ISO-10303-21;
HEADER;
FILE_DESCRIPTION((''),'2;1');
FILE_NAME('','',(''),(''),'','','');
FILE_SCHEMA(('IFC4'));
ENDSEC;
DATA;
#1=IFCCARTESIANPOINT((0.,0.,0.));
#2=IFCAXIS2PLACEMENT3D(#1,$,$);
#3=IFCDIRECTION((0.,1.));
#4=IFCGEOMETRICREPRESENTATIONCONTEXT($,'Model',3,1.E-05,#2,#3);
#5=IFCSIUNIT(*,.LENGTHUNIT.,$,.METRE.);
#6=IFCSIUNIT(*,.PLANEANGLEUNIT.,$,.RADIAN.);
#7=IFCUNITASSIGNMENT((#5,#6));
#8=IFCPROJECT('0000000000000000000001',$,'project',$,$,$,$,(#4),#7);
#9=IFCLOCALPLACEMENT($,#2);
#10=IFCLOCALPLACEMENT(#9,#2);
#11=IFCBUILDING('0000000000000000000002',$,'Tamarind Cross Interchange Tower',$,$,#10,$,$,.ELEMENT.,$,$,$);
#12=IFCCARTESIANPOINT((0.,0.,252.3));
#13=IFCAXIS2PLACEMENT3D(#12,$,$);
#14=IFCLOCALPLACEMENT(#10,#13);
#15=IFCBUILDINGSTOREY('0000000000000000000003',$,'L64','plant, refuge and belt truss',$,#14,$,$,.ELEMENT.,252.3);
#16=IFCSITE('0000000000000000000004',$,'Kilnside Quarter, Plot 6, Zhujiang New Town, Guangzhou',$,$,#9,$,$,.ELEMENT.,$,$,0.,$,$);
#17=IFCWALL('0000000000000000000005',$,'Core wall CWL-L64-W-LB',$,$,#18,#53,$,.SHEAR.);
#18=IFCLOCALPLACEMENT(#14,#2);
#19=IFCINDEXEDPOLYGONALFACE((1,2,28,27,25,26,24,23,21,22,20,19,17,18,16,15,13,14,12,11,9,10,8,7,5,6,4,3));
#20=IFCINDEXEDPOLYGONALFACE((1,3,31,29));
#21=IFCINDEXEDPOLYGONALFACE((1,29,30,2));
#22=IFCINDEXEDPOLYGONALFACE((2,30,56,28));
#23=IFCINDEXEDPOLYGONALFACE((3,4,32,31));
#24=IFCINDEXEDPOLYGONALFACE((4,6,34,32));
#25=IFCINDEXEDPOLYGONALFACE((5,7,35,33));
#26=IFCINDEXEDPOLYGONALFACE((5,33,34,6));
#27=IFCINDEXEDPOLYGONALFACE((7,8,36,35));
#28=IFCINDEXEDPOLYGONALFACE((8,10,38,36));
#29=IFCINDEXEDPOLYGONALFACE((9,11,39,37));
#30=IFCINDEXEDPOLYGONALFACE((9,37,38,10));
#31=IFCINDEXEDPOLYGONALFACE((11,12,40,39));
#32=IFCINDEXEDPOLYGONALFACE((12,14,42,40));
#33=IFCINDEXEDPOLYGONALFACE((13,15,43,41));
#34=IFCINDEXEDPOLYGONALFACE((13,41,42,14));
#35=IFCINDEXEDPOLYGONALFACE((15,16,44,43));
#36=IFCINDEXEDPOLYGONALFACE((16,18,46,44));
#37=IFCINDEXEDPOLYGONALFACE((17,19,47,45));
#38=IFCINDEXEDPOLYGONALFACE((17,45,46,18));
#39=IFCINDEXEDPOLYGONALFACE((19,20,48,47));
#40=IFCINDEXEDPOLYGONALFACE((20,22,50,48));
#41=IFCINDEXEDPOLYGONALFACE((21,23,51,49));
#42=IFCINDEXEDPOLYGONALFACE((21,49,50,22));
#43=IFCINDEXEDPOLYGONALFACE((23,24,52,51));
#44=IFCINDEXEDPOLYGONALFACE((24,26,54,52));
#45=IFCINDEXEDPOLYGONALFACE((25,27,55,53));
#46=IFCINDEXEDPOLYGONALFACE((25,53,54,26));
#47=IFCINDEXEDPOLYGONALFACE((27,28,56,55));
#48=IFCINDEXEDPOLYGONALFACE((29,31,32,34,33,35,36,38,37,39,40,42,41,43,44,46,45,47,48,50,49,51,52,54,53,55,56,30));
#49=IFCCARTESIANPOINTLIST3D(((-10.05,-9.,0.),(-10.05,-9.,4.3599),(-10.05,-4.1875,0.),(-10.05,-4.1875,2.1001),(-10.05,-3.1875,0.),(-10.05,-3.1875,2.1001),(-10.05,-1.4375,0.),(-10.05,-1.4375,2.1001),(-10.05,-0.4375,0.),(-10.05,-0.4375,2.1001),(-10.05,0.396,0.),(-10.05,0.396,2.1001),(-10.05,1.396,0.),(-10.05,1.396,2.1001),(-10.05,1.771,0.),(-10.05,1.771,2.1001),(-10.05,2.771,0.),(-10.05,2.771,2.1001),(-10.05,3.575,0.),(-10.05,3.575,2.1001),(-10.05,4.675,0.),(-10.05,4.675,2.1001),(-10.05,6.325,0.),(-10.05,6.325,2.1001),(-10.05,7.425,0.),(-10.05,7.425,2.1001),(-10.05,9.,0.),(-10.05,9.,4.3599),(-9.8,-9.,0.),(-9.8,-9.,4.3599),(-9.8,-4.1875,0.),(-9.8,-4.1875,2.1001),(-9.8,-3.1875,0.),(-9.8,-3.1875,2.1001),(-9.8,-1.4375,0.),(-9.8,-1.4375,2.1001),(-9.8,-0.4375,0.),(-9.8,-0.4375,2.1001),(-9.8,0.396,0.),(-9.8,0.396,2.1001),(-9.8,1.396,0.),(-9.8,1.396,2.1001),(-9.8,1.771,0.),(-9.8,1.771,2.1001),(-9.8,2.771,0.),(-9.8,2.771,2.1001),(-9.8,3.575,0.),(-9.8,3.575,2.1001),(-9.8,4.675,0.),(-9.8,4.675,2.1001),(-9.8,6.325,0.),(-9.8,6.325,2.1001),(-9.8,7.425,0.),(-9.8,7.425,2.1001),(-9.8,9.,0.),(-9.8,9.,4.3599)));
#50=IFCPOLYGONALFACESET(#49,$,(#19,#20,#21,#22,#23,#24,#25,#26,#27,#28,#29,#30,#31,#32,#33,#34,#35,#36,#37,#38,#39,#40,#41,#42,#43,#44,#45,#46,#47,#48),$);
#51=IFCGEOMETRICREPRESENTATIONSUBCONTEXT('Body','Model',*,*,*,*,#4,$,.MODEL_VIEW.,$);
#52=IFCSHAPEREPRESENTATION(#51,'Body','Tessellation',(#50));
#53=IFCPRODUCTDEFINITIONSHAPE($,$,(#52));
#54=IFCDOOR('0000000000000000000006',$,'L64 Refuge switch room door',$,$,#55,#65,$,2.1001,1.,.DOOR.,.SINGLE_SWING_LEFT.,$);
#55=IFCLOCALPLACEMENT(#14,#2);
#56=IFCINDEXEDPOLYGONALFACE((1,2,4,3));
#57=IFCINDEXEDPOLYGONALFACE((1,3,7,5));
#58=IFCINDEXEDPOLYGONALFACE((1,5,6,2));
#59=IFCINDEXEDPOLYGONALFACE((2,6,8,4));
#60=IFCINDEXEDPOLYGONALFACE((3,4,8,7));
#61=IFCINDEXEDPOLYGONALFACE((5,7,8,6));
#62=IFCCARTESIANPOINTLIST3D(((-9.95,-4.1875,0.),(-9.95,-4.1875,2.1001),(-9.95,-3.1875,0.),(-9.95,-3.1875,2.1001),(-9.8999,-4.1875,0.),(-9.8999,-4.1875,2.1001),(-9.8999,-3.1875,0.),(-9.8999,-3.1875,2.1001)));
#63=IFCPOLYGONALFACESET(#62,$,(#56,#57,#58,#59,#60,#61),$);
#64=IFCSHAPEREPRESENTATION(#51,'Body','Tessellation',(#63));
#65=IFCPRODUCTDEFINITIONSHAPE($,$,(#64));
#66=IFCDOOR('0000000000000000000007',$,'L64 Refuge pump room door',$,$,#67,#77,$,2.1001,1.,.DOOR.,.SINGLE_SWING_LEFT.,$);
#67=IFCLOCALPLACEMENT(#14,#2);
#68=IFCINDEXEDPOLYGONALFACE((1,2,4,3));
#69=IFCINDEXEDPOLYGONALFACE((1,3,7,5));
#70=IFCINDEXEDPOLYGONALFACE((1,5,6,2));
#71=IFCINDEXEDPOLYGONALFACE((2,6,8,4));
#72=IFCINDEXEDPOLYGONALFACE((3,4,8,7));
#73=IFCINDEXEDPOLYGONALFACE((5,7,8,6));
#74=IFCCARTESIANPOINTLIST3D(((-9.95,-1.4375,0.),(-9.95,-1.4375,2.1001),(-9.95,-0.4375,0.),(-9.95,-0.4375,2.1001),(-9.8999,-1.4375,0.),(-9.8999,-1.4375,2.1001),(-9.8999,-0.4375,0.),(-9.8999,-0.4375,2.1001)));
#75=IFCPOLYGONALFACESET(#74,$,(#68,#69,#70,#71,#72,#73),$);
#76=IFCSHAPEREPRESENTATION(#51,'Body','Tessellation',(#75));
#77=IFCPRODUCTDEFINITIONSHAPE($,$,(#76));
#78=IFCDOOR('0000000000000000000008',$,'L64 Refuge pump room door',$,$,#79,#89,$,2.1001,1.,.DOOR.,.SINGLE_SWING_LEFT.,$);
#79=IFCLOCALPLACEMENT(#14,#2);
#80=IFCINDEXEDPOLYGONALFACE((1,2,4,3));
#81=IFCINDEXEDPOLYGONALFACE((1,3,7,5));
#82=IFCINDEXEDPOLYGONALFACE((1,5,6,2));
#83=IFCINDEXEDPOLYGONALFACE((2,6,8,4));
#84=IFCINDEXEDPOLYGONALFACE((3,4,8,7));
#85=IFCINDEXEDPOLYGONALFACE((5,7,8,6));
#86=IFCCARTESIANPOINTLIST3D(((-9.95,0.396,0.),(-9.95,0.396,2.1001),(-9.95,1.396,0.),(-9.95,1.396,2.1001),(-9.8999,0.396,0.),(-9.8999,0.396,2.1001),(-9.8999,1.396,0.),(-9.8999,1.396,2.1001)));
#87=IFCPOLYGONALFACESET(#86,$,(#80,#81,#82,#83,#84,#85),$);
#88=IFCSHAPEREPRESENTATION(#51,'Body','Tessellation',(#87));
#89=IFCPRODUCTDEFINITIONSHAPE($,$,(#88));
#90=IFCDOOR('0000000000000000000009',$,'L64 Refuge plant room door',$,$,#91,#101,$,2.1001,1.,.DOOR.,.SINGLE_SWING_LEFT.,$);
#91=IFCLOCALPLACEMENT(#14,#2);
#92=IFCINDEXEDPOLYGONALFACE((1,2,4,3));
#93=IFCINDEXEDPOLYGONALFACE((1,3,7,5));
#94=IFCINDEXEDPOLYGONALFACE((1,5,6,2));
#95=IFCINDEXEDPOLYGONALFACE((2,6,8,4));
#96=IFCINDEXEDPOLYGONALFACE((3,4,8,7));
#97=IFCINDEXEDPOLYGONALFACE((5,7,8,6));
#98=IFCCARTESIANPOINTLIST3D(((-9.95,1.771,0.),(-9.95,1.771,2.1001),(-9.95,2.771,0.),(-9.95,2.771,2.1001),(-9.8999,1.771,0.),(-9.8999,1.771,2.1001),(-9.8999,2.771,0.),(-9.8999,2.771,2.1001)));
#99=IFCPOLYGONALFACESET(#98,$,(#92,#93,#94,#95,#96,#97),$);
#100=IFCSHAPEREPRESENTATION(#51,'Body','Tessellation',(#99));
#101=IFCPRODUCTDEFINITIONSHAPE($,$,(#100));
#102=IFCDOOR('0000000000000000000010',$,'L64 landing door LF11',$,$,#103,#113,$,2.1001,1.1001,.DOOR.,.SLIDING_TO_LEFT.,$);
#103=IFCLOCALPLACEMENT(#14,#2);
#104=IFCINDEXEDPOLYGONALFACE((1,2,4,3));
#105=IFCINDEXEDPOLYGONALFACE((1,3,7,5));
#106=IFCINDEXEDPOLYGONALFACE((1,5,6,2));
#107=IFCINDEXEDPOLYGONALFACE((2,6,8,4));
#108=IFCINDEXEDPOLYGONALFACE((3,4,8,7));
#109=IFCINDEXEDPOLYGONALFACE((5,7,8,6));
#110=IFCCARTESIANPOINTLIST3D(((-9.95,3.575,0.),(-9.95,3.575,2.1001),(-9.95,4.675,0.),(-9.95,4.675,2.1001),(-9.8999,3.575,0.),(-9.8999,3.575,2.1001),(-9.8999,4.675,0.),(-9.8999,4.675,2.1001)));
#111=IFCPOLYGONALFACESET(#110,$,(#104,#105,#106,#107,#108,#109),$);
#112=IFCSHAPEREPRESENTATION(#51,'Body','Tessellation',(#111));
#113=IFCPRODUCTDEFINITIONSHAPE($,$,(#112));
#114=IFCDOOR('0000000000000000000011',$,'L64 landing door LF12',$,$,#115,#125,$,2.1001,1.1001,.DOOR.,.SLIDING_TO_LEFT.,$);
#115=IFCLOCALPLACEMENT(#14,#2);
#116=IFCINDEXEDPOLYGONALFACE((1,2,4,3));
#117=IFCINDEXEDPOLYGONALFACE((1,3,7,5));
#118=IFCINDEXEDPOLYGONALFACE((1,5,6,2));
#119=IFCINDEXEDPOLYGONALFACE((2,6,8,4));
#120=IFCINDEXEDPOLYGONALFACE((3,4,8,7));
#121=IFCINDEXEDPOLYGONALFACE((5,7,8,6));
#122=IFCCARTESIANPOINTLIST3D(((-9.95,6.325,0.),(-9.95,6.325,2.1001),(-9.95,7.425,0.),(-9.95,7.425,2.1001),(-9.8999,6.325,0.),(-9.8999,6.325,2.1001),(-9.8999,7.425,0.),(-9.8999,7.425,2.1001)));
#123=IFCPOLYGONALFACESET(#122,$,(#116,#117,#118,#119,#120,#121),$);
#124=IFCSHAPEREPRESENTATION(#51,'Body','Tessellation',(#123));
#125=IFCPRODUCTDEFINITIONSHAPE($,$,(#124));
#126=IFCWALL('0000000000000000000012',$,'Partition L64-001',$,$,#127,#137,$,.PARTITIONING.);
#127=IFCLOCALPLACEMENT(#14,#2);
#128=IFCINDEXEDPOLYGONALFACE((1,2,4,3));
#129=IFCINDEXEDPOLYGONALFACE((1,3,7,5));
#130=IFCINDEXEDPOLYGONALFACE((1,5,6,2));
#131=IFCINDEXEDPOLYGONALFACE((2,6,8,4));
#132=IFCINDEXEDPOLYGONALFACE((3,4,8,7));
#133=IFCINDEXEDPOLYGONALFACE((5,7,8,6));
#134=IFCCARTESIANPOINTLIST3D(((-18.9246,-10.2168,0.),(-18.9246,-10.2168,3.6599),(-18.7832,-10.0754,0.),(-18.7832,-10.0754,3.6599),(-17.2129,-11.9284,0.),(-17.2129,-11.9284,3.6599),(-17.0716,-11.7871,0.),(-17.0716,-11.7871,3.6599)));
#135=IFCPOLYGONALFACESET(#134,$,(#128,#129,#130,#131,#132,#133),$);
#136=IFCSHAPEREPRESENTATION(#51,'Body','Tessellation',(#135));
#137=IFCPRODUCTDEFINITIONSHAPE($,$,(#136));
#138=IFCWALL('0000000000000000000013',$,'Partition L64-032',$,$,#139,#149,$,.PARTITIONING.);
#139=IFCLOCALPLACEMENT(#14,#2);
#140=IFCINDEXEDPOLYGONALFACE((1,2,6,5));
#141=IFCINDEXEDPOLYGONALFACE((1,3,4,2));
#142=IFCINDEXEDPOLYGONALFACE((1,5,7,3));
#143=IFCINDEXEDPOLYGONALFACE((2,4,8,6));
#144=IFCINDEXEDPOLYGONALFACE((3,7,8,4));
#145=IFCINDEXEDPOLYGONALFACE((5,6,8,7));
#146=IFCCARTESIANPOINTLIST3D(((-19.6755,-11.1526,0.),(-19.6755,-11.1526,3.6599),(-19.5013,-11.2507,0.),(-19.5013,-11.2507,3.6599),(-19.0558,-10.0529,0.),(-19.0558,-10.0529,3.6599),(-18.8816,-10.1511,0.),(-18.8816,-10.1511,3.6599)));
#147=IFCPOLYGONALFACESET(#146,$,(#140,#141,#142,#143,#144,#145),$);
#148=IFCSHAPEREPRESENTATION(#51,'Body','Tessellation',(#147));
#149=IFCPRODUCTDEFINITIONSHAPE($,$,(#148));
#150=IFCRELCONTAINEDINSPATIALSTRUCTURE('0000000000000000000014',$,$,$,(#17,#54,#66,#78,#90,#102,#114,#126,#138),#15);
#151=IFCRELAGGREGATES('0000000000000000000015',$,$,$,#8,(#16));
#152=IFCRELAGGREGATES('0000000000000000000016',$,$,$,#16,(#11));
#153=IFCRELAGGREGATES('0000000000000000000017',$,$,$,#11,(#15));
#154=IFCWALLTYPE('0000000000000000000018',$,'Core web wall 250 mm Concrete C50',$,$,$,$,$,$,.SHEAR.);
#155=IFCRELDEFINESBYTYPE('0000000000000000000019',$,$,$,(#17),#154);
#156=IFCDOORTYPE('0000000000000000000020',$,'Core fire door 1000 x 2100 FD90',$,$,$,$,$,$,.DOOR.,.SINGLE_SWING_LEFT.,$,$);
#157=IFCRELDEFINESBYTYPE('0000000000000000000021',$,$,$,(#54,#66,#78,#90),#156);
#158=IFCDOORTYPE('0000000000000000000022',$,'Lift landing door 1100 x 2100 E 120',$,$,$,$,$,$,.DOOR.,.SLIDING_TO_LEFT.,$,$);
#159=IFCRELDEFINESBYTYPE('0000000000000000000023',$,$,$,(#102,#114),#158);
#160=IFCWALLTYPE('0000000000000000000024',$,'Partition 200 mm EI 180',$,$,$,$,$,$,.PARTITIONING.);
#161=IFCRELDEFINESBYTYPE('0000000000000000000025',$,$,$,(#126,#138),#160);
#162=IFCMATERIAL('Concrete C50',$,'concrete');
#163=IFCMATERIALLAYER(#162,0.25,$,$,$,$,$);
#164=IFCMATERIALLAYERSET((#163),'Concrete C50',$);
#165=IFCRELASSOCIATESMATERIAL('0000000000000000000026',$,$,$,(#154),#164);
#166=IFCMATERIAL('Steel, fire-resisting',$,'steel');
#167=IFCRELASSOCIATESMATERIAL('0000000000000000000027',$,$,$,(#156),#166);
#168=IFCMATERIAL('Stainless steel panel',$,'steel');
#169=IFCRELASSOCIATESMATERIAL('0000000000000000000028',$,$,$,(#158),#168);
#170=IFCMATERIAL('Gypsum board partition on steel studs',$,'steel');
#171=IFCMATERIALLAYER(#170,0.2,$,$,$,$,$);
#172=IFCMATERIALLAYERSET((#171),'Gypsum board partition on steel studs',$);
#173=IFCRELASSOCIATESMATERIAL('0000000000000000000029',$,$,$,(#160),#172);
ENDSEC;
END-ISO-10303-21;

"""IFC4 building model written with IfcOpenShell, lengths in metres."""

from ifc_helpers import new_model, si_unit, direction, frame, frame_2d, origin, place, context, subcontext, project, spatial, rectangle, extrude, material, layer, layer_set, type_object, element, fill, save


model = new_model("IFC4")

# Units and contexts
model_context = context("Model", 3, precision=1e-05, world=origin(), true_north=direction((0.0, 1.0)))
body_context = subcontext(model_context, "Body", "Model", "MODEL_VIEW")
ifc_project = project(units=[si_unit("LENGTHUNIT", "METRE"), si_unit("PLANEANGLEUNIT", "RADIAN")], contexts=[model_context])

# Site, building, storey
site_placement = place(None, origin())
site = spatial("IfcSite", under=ifc_project, at=site_placement, Name="Kilnside Quarter, Plot 6, Zhujiang New Town, Guangzhou", CompositionType="ELEMENT", RefElevation=0.0)
building_placement = place(site_placement, origin())
building = spatial("IfcBuilding", under=site, at=building_placement, Name="Tamarind Cross Interchange Tower", CompositionType="ELEMENT")
storey_placement = place(building_placement, frame((0.0, 0.0, 252.3)))
storey = spatial("IfcBuildingStorey", under=building, at=storey_placement, Name="L64", Description="plant, refuge and belt truss", CompositionType="ELEMENT", Elevation=252.3)

# Wall, openings, doors
ifc_material_1 = material(Name="Concrete C50", Category="concrete")
ifc_material_2 = material(Name="Steel, fire-resisting", Category="steel")
ifc_layer_1 = layer(ifc_material_1, 0.25)
ifc_layer_set_1 = layer_set([ifc_layer_1], Name="Concrete C50")
wall_type_1 = type_object("IfcWallType", Name="Core web wall 250 mm Concrete C50", PredefinedType="SHEAR", material=ifc_layer_set_1)
door_type_1 = type_object("IfcDoorType", Name="Core fire door 1000 x 2100 FD90", OperationType="SINGLE_SWING_LEFT", PredefinedType="DOOR", material=ifc_material_2)
ifc_material_3 = material(Name="Stainless steel panel", Category="steel")
wall_1_placement = place(storey_placement, frame((-9.925, -9.0, 0.0), z_axis=(0.0, 0.0, 1.0), x_axis=(0.0, 1.0, 0.0)))
wall_1 = element("IfcWall", 1, at=wall_1_placement, inside=storey, type_object=wall_type_1, Name="Core wall CWL-L64-W-LB", PredefinedType="SHEAR", context=body_context, shape_type="SweptSolid", body=[
    extrude(rectangle(XDim=18.0, YDim=0.25, at=frame_2d((9.0, 0.0))), origin(), (0.0, 0.0, 1.0), 4.3599),
])
opening_1_placement = place(wall_1_placement, frame((12.575, 0.0, 0.0)))
opening_1 = element("IfcOpeningElement", 2, at=opening_1_placement, cuts=wall_1, PredefinedType="OPENING", context=body_context, shape_type="SweptSolid", body=[
    extrude(rectangle(XDim=1.1001, YDim=2.1001, at=frame_2d((0.55, 1.05))), frame((0.0, 0.135, 0.0), z_axis=(0.0, -1.0, 0.0), x_axis=(1.0, 0.0, 0.0)), (0.0, 0.0, 1.0), 0.27),
])
opening_2_placement = place(wall_1_placement, frame((15.325, 0.0, 0.0)))
opening_2 = element("IfcOpeningElement", 3, at=opening_2_placement, cuts=wall_1, PredefinedType="OPENING", context=body_context, shape_type="SweptSolid", body=[
    extrude(rectangle(XDim=1.1001, YDim=2.1001, at=frame_2d((0.55, 1.05))), frame((0.0, 0.135, 0.0), z_axis=(0.0, -1.0, 0.0), x_axis=(1.0, 0.0, 0.0)), (0.0, 0.0, 1.0), 0.27),
])
opening_3_placement = place(wall_1_placement, frame((4.8125, 0.0, 0.0)))
opening_3 = element("IfcOpeningElement", 4, at=opening_3_placement, cuts=wall_1, PredefinedType="OPENING", context=body_context, shape_type="SweptSolid", body=[
    extrude(rectangle(XDim=1.0, YDim=2.1001, at=frame_2d((0.5, 1.05))), frame((0.0, 0.135, 0.0), z_axis=(0.0, -1.0, 0.0), x_axis=(1.0, 0.0, 0.0)), (0.0, 0.0, 1.0), 0.27),
])
opening_4_placement = place(wall_1_placement, frame((7.5625, 0.0, 0.0)))
opening_4 = element("IfcOpeningElement", 5, at=opening_4_placement, cuts=wall_1, PredefinedType="OPENING", context=body_context, shape_type="SweptSolid", body=[
    extrude(rectangle(XDim=1.0, YDim=2.1001, at=frame_2d((0.5, 1.05))), frame((0.0, 0.135, 0.0), z_axis=(0.0, -1.0, 0.0), x_axis=(1.0, 0.0, 0.0)), (0.0, 0.0, 1.0), 0.27),
])
opening_5_placement = place(wall_1_placement, frame((9.396, 0.0, 0.0)))
opening_5 = element("IfcOpeningElement", 6, at=opening_5_placement, cuts=wall_1, PredefinedType="OPENING", context=body_context, shape_type="SweptSolid", body=[
    extrude(rectangle(XDim=1.0, YDim=2.1001, at=frame_2d((0.5, 1.05))), frame((0.0, 0.135, 0.0), z_axis=(0.0, -1.0, 0.0), x_axis=(1.0, 0.0, 0.0)), (0.0, 0.0, 1.0), 0.27),
])
opening_6_placement = place(wall_1_placement, frame((10.771, 0.0, 0.0)))
opening_6 = element("IfcOpeningElement", 7, at=opening_6_placement, cuts=wall_1, PredefinedType="OPENING", context=body_context, shape_type="SweptSolid", body=[
    extrude(rectangle(XDim=1.0, YDim=2.1001, at=frame_2d((0.5, 1.05))), frame((0.0, 0.135, 0.0), z_axis=(0.0, -1.0, 0.0), x_axis=(1.0, 0.0, 0.0)), (0.0, 0.0, 1.0), 0.27),
])
door_1_placement = place(opening_3_placement, origin())
door_1 = element("IfcDoor", 8, at=door_1_placement, inside=storey, type_object=door_type_1, Name="L64 Refuge switch room door", OperationType="SINGLE_SWING_LEFT", OverallHeight=2.1001, OverallWidth=1.0, PredefinedType="DOOR", context=body_context, shape_type="SweptSolid", body=[
    extrude(rectangle(XDim=1.0, YDim=2.1001, at=frame_2d((0.5, 1.05))), frame((0.0, 0.0249, 0.0), z_axis=(0.0, -1.0, 0.0), x_axis=(1.0, 0.0, 0.0)), (0.0, 0.0, 1.0), 0.05),
])
fill(opening_3, door_1)
door_2_placement = place(opening_4_placement, origin())
door_2 = element("IfcDoor", 9, at=door_2_placement, inside=storey, type_object=door_type_1, Name="L64 Refuge pump room door", OperationType="SINGLE_SWING_LEFT", OverallHeight=2.1001, OverallWidth=1.0, PredefinedType="DOOR", context=body_context, shape_type="SweptSolid", body=[
    extrude(rectangle(XDim=1.0, YDim=2.1001, at=frame_2d((0.5, 1.05))), frame((0.0, 0.0249, 0.0), z_axis=(0.0, -1.0, 0.0), x_axis=(1.0, 0.0, 0.0)), (0.0, 0.0, 1.0), 0.05),
])
fill(opening_4, door_2)
door_3_placement = place(opening_5_placement, origin())
door_3 = element("IfcDoor", 10, at=door_3_placement, inside=storey, type_object=door_type_1, Name="L64 Refuge pump room door", OperationType="SINGLE_SWING_LEFT", OverallHeight=2.1001, OverallWidth=1.0, PredefinedType="DOOR", context=body_context, shape_type="SweptSolid", body=[
    extrude(rectangle(XDim=1.0, YDim=2.1001, at=frame_2d((0.5, 1.05))), frame((0.0, 0.0249, 0.0), z_axis=(0.0, -1.0, 0.0), x_axis=(1.0, 0.0, 0.0)), (0.0, 0.0, 1.0), 0.05),
])
fill(opening_5, door_3)
door_4_placement = place(opening_6_placement, origin())
door_4 = element("IfcDoor", 11, at=door_4_placement, inside=storey, type_object=door_type_1, Name="L64 Refuge plant room door", OperationType="SINGLE_SWING_LEFT", OverallHeight=2.1001, OverallWidth=1.0, PredefinedType="DOOR", context=body_context, shape_type="SweptSolid", body=[
    extrude(rectangle(XDim=1.0, YDim=2.1001, at=frame_2d((0.5, 1.05))), frame((0.0, 0.0249, 0.0), z_axis=(0.0, -1.0, 0.0), x_axis=(1.0, 0.0, 0.0)), (0.0, 0.0, 1.0), 0.05),
])
fill(opening_6, door_4)
door_type_2 = type_object("IfcDoorType", Name="Lift landing door 1100 x 2100 E 120", OperationType="SLIDING_TO_LEFT", PredefinedType="DOOR", material=ifc_material_3)
door_5_placement = place(opening_1_placement, origin())
door_5 = element("IfcDoor", 12, at=door_5_placement, inside=storey, type_object=door_type_2, Name="L64 landing door LF11", OperationType="SLIDING_TO_LEFT", OverallHeight=2.1001, OverallWidth=1.1001, PredefinedType="DOOR", context=body_context, shape_type="SweptSolid", body=[
    extrude(rectangle(XDim=1.1001, YDim=2.1001, at=frame_2d((0.55, 1.05))), frame((0.0, 0.0249, 0.0), z_axis=(0.0, -1.0, 0.0), x_axis=(1.0, 0.0, 0.0)), (0.0, 0.0, 1.0), 0.05),
])
fill(opening_1, door_5)
door_6_placement = place(opening_2_placement, origin())
door_6 = element("IfcDoor", 13, at=door_6_placement, inside=storey, type_object=door_type_2, Name="L64 landing door LF12", OperationType="SLIDING_TO_LEFT", OverallHeight=2.1001, OverallWidth=1.1001, PredefinedType="DOOR", context=body_context, shape_type="SweptSolid", body=[
    extrude(rectangle(XDim=1.1001, YDim=2.1001, at=frame_2d((0.55, 1.05))), frame((0.0, 0.0249, 0.0), z_axis=(0.0, -1.0, 0.0), x_axis=(1.0, 0.0, 0.0)), (0.0, 0.0, 1.0), 0.05),
])
fill(opening_2, door_6)

# Walls
ifc_material_4 = material(Name="Gypsum board partition on steel studs", Category="steel")
ifc_layer_2 = layer(ifc_material_4, 0.2)
ifc_layer_set_2 = layer_set([ifc_layer_2], Name="Gypsum board partition on steel studs")
wall_type_2 = type_object("IfcWallType", Name="Partition 200 mm EI 180", PredefinedType="PARTITIONING", material=ifc_layer_set_2)
wall_2_placement = place(storey_placement, frame((-18.854, -10.146, 0.0), z_axis=(0.0, 0.0, 1.0), x_axis=(0.707107, -0.707107, 0.0)))
element("IfcWall", 14, at=wall_2_placement, inside=storey, type_object=wall_type_2, Name="Partition L64-001", PredefinedType="PARTITIONING", context=body_context, shape_type="SweptSolid", body=[
    extrude(rectangle(XDim=2.4207, YDim=0.2, at=frame_2d((1.2104, 0.0))), origin(), (0.0, 0.0, 1.0), 3.6599),
])
wall_3_placement = place(storey_placement, frame((-19.5884, -11.2017, 0.0), z_axis=(0.0, 0.0, 1.0), x_axis=(0.490922, 0.871203, 0.0)))
element("IfcWall", 15, at=wall_3_placement, inside=storey, type_object=wall_type_2, Name="Partition L64-032", PredefinedType="PARTITIONING", context=body_context, shape_type="SweptSolid", body=[
    extrude(rectangle(XDim=1.2622, YDim=0.2, at=frame_2d((0.6311, 0.0))), origin(), (0.0, 0.0, 1.0), 3.6599),
])

save(model, "model.ifc")
